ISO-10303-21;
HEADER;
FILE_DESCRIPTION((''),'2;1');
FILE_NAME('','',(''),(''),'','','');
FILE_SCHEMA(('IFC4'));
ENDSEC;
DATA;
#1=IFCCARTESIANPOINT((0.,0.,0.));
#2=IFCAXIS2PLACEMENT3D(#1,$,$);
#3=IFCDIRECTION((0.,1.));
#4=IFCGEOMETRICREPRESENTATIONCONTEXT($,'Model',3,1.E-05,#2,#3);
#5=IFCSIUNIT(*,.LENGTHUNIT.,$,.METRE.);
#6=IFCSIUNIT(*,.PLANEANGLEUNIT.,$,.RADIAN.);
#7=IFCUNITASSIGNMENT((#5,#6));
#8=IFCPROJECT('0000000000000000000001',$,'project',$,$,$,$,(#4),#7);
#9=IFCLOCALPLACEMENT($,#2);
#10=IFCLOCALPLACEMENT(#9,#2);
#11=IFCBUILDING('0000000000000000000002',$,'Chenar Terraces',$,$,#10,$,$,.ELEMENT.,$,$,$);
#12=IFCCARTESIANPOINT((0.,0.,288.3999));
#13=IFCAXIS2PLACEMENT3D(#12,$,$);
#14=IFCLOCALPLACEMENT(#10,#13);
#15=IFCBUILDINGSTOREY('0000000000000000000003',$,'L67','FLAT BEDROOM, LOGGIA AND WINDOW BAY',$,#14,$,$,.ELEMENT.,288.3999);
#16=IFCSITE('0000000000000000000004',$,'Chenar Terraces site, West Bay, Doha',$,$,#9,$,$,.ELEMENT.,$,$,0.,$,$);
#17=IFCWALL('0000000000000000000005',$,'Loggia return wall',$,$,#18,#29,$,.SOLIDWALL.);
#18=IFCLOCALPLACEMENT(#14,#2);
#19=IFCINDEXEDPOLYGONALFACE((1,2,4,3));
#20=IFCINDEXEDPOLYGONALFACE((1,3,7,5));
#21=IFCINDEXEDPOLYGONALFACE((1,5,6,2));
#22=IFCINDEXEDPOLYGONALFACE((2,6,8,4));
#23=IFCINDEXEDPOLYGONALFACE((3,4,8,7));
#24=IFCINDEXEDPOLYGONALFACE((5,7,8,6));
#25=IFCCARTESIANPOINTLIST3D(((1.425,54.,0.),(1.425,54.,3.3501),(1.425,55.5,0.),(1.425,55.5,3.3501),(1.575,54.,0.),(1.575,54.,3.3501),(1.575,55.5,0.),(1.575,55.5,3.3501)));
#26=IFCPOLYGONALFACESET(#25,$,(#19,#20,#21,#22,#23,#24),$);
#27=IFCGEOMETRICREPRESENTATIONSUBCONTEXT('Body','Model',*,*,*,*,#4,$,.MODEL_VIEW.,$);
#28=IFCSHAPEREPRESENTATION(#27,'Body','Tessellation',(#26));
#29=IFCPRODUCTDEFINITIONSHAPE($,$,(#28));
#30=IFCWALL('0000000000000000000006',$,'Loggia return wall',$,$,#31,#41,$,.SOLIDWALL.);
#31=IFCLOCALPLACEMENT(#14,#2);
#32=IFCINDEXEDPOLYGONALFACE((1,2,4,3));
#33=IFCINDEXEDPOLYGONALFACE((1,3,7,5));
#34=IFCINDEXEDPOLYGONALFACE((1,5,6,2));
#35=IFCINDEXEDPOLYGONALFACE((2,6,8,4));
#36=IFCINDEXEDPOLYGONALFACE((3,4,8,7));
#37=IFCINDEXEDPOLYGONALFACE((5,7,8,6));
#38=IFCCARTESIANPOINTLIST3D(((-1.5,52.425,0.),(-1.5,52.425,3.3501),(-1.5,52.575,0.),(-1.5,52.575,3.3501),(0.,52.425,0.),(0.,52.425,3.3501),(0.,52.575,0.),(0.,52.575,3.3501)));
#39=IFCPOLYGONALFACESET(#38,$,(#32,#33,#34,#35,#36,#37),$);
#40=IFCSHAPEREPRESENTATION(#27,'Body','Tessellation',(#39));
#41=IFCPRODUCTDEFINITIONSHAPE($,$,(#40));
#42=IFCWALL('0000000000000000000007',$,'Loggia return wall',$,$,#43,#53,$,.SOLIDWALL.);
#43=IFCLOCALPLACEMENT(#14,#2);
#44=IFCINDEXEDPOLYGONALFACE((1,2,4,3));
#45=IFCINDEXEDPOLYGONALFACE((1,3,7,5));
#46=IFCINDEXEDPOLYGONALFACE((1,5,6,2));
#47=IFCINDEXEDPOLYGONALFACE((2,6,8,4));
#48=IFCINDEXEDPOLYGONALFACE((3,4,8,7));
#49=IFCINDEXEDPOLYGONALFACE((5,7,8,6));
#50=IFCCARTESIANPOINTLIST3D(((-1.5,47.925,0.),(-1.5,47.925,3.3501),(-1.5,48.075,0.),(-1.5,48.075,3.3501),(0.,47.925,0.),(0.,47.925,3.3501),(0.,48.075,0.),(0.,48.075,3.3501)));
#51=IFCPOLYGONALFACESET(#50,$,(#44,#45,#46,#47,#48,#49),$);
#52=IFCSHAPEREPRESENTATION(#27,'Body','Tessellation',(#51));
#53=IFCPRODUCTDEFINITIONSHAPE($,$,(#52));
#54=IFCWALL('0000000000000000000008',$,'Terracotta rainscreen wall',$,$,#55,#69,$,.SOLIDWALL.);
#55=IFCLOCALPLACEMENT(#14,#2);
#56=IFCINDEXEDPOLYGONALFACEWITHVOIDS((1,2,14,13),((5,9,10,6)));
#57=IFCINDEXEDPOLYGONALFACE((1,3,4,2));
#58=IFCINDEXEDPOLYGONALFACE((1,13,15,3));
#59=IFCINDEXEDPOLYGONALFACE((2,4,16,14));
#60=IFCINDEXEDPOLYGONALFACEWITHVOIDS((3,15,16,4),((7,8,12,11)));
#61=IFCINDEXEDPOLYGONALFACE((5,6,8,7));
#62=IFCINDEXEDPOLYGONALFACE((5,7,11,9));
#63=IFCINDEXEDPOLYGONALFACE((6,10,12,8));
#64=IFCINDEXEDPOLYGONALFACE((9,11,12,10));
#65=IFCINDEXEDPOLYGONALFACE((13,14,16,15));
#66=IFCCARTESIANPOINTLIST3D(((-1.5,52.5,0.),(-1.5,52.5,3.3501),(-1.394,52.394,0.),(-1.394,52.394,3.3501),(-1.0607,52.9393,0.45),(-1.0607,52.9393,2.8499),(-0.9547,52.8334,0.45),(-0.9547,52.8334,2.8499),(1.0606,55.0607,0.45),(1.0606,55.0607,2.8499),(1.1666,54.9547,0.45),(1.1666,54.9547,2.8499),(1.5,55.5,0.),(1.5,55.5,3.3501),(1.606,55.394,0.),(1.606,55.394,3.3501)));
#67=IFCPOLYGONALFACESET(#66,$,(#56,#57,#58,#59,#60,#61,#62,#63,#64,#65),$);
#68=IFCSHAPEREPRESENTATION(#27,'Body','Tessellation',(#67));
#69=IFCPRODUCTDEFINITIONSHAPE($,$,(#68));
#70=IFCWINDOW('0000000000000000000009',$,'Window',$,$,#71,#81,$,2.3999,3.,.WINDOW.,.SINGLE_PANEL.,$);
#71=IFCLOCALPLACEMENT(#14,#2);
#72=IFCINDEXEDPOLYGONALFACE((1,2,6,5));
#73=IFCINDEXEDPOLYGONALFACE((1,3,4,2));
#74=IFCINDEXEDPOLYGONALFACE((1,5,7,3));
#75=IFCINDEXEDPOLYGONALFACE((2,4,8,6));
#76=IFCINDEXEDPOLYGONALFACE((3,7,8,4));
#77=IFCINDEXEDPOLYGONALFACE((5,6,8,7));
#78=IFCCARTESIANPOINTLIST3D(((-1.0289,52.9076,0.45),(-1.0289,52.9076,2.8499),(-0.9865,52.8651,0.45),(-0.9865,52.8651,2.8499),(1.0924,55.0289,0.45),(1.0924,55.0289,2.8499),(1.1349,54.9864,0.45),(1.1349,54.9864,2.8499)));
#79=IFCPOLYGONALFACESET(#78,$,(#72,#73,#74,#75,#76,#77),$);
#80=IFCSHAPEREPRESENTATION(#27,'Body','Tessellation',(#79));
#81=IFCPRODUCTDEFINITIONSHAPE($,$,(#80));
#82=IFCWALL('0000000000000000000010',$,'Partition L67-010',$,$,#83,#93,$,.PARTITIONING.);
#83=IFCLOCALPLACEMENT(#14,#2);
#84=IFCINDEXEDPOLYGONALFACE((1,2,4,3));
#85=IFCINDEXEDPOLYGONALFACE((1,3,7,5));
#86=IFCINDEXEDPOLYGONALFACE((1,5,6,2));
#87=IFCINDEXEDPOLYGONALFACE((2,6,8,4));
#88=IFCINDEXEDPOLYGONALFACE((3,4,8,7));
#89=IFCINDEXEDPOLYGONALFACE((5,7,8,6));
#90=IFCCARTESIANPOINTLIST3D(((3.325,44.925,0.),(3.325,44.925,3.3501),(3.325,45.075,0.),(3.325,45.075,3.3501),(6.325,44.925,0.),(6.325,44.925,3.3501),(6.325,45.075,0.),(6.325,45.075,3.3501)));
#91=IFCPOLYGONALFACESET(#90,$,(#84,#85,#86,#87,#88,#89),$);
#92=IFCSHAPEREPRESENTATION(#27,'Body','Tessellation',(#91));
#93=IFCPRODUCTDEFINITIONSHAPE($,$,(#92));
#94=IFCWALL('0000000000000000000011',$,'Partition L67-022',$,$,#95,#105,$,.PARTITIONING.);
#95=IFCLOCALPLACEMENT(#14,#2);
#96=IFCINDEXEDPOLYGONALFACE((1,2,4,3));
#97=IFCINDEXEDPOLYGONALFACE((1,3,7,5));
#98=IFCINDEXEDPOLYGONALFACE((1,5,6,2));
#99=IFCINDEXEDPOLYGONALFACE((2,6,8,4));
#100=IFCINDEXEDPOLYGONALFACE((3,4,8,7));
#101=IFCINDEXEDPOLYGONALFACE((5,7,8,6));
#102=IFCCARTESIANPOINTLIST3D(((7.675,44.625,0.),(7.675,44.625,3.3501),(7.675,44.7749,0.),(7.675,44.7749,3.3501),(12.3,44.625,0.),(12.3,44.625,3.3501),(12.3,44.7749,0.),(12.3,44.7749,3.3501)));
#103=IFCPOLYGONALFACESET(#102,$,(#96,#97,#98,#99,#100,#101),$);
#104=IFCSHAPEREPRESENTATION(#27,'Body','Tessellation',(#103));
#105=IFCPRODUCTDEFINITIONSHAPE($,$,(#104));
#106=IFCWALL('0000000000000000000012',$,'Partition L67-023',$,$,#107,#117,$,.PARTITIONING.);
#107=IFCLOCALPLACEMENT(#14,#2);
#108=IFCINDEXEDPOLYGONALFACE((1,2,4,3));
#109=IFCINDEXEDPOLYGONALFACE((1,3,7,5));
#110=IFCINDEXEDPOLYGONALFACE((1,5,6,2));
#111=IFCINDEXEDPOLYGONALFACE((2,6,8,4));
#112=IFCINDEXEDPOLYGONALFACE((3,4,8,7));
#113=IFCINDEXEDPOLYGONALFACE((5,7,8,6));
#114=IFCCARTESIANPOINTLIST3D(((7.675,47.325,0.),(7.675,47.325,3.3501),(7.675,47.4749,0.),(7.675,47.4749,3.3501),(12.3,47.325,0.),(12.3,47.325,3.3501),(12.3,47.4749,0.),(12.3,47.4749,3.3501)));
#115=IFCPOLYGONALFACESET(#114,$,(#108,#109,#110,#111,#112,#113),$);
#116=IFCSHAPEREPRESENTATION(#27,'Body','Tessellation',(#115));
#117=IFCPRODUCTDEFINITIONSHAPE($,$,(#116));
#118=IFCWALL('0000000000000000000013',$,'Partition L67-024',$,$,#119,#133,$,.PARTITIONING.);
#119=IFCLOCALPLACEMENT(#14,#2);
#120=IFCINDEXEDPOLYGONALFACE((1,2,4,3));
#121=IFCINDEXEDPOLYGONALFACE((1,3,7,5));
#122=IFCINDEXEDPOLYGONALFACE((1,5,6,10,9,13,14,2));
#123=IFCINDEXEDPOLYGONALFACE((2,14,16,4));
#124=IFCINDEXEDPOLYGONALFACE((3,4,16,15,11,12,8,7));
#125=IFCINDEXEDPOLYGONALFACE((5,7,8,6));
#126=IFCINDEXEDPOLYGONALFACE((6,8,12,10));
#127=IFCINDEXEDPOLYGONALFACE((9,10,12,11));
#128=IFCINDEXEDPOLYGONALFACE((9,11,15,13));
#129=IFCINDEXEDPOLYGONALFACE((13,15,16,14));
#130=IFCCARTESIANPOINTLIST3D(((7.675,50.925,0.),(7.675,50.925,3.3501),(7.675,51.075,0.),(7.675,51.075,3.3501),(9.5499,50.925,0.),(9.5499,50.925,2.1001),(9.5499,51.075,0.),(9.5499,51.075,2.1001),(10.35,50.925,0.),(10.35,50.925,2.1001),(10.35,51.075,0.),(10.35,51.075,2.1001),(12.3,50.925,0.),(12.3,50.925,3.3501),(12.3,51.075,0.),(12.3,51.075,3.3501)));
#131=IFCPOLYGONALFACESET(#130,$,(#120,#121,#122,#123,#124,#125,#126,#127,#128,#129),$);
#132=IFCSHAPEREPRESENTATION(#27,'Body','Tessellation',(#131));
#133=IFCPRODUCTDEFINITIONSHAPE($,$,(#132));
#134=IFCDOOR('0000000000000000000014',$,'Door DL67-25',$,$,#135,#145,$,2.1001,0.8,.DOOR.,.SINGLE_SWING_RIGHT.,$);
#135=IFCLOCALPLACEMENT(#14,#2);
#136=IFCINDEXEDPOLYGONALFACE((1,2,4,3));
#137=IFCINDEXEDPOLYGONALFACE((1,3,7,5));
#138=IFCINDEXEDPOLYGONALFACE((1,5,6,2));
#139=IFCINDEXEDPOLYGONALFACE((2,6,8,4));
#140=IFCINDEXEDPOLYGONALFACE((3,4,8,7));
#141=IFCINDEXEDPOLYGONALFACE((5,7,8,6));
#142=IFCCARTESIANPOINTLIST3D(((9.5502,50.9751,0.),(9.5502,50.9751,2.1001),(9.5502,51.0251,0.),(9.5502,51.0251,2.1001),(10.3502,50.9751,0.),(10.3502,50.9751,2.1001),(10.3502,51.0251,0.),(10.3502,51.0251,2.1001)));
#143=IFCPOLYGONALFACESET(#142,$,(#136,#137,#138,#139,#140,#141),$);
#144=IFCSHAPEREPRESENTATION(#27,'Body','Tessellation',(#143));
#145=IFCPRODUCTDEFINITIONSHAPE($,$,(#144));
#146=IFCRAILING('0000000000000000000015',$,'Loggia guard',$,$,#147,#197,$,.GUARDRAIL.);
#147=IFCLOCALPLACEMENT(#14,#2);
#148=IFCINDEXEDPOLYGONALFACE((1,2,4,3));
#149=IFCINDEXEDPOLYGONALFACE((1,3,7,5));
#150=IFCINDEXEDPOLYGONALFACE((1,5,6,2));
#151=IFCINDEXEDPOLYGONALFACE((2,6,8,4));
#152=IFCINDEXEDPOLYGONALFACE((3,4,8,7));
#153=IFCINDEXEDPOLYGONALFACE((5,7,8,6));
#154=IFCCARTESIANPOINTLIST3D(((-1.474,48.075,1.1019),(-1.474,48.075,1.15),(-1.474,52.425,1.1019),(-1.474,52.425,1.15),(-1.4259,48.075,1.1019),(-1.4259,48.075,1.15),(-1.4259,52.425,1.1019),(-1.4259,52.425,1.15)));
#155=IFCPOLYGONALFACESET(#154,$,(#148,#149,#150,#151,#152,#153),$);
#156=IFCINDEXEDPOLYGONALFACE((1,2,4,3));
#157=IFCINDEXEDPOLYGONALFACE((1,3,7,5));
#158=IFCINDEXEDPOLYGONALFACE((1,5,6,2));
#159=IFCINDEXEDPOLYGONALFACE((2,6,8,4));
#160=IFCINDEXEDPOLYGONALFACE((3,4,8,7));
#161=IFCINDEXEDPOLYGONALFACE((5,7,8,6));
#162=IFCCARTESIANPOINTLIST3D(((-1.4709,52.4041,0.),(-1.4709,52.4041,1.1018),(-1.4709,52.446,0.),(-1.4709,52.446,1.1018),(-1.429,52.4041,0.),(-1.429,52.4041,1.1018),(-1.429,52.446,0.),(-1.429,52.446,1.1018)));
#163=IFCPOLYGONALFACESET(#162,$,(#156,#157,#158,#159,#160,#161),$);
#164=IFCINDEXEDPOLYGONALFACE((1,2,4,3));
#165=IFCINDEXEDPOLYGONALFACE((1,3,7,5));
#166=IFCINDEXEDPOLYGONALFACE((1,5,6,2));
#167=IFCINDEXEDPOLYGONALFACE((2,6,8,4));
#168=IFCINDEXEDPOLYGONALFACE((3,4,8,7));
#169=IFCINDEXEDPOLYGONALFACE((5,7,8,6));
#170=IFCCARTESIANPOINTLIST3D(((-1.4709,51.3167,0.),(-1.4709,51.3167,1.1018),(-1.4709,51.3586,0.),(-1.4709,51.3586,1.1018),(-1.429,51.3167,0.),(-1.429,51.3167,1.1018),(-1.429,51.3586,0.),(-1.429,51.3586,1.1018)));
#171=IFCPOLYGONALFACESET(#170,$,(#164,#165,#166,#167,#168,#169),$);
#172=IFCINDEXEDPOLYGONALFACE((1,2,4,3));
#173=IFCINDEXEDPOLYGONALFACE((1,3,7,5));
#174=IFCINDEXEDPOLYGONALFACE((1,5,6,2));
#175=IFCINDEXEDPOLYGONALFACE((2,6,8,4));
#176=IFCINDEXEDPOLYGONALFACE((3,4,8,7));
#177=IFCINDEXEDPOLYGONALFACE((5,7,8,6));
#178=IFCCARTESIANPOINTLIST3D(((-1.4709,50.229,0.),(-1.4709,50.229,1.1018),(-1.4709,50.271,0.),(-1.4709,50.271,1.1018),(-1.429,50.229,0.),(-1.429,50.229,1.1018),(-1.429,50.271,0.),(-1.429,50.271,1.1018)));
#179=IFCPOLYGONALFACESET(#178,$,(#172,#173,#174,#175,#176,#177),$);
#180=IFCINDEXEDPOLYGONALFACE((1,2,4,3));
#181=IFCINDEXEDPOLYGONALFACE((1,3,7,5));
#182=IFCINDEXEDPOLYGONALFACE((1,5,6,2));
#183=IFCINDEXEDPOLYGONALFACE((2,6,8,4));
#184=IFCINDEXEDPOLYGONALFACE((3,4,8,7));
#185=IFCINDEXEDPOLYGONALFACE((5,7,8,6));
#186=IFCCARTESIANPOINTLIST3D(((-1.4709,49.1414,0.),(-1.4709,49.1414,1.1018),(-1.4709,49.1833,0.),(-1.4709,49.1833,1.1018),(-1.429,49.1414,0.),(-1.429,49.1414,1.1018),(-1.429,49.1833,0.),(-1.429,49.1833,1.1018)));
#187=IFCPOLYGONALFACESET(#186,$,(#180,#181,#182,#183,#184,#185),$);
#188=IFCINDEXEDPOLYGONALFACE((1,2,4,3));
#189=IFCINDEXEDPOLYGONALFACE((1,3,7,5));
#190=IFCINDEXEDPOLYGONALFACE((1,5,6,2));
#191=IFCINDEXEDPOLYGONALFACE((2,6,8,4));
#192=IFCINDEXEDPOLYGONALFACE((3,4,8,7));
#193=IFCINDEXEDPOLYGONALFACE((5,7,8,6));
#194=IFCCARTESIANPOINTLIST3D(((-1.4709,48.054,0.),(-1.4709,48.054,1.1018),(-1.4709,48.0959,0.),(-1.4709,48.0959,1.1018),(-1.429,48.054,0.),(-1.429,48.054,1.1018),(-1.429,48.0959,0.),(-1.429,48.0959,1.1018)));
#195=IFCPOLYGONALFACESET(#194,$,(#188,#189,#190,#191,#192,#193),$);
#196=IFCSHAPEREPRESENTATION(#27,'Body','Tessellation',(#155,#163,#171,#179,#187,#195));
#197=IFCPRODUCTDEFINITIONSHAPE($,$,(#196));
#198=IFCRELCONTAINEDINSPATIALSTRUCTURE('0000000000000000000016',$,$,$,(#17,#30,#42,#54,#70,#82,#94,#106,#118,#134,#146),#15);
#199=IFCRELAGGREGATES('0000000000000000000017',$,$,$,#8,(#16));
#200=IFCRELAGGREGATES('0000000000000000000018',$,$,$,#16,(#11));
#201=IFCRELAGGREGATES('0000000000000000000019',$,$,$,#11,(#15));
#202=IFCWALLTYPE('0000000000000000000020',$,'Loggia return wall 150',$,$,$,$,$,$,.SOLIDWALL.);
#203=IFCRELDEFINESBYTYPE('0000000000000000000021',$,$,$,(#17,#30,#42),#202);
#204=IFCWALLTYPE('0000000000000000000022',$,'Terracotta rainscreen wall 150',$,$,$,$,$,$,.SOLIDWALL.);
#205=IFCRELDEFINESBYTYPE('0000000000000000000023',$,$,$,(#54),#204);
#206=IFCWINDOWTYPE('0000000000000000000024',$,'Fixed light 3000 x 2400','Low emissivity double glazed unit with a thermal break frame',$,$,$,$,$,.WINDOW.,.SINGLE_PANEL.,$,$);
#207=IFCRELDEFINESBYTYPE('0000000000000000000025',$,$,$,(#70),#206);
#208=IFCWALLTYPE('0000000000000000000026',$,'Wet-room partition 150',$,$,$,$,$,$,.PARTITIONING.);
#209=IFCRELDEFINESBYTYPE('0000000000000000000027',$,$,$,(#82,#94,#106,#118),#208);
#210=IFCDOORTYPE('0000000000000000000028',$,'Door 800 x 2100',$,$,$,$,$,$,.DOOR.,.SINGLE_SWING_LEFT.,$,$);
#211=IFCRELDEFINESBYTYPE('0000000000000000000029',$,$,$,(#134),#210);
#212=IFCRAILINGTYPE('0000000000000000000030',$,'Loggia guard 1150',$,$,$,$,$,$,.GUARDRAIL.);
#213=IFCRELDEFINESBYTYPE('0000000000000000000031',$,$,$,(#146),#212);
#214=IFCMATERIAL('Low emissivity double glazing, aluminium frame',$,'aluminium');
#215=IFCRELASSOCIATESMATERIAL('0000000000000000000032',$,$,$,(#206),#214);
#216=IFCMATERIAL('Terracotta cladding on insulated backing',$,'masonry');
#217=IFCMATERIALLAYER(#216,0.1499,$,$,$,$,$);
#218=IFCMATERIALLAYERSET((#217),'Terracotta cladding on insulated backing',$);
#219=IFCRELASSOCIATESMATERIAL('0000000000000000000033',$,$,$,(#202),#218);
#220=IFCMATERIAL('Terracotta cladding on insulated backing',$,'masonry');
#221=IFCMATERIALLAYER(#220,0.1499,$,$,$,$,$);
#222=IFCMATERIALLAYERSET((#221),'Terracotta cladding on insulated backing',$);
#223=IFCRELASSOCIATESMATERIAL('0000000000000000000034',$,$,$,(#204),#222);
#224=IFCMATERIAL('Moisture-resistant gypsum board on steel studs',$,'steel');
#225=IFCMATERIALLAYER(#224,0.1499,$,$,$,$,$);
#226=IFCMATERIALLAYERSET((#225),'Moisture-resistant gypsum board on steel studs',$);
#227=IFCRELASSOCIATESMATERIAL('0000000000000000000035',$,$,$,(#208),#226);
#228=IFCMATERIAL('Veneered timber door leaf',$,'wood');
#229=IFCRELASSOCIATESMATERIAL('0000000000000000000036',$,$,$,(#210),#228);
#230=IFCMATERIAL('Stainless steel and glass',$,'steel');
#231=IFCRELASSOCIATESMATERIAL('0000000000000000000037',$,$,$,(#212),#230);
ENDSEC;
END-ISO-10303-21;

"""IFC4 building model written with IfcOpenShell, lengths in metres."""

from ifc_helpers import new_model, si_unit, direction, frame, frame_2d, origin, origin_2d, place, context, subcontext, project, spatial, rectangle, extrude, material, layer, layer_set, type_object, element, fill, save


model = new_model("IFC4")

# Units and contexts
model_context = context("Model", 3, precision=1e-05, world=origin(), true_north=direction((0.0, 1.0)))
body_context = subcontext(model_context, "Body", "Model", "MODEL_VIEW")
ifc_project = project(units=[si_unit("LENGTHUNIT", "METRE"), si_unit("PLANEANGLEUNIT", "RADIAN")], contexts=[model_context])

# Site, building, storey
site_placement = place(None, origin())
site = spatial("IfcSite", under=ifc_project, at=site_placement, Name="Chenar Terraces site, West Bay, Doha", CompositionType="ELEMENT", RefElevation=0.0)
building_placement = place(site_placement, origin())
building = spatial("IfcBuilding", under=site, at=building_placement, Name="Chenar Terraces", CompositionType="ELEMENT")
storey_placement = place(building_placement, frame((0.0, 0.0, 288.3999)))
storey = spatial("IfcBuildingStorey", under=building, at=storey_placement, Name="L67", Description="FLAT BEDROOM, LOGGIA AND WINDOW BAY", CompositionType="ELEMENT", Elevation=288.3999)

# Shared definitions
ifc_material_1 = material(Name="Low emissivity double glazing, aluminium frame", Category="aluminium")
window_type_1 = type_object("IfcWindowType", Name="Fixed light 3000 x 2400", Description="Low emissivity double glazed unit with a thermal break frame", PartitioningType="SINGLE_PANEL", PredefinedType="WINDOW", material=ifc_material_1)

# Walls
ifc_material_2 = material(Name="Terracotta cladding on insulated backing", Category="masonry")
ifc_layer_1 = layer(ifc_material_2, 0.1499)
ifc_layer_set_1 = layer_set([ifc_layer_1], Name="Terracotta cladding on insulated backing")
wall_type_1 = type_object("IfcWallType", Name="Loggia return wall 150", PredefinedType="SOLIDWALL", material=ifc_layer_set_1)
for number, where, z_axis, x_axis, name in (
    (1, (1.5, 55.5, 0.0), (0.0, 0.0, 1.0), (0.0, -1.0, 0.0), "Loggia return wall"),
    (2, (-1.5, 52.5, 0.0), (0.0, 0.0, 1.0), (1.0, 0.0, 0.0), "Loggia return wall"),
    (3, (-1.5, 48.0, 0.0), (0.0, 0.0, 1.0), (1.0, 0.0, 0.0), "Loggia return wall"),
):
    element("IfcWall", number, at=place(storey_placement, frame(where, z_axis=z_axis, x_axis=x_axis)), inside=storey, type_object=wall_type_1, Name=name, PredefinedType="SOLIDWALL", context=body_context, shape_type="SweptSolid", body=[
        extrude(rectangle(XDim=1.5, YDim=0.1499, at=frame_2d((0.75, 0.0))), origin(), (0.0, 0.0, 1.0), 3.3501),
    ])

# Wall, opening, window
ifc_material_3 = material(Name="Terracotta cladding on insulated backing", Category="masonry")
ifc_layer_2 = layer(ifc_material_3, 0.1499)
ifc_layer_set_2 = layer_set([ifc_layer_2], Name="Terracotta cladding on insulated backing")
wall_type_2 = type_object("IfcWallType", Name="Terracotta rainscreen wall 150", PredefinedType="SOLIDWALL", material=ifc_layer_set_2)
wall_1_placement = place(storey_placement, frame((1.553, 55.447, 0.0), z_axis=(0.0, 0.0, 1.0), x_axis=(-0.707107, -0.707107, 0.0)))
wall_1 = element("IfcWall", 4, at=wall_1_placement, inside=storey, type_object=wall_type_2, Name="Terracotta rainscreen wall", PredefinedType="SOLIDWALL", context=body_context, shape_type="SweptSolid", body=[
    extrude(rectangle(XDim=4.2427, YDim=0.1499, at=frame_2d((2.1213, 0.0))), origin(), (0.0, 0.0, 1.0), 3.3501),
])
opening_1_placement = place(wall_1_placement, frame((0.6213, 0.0, 0.45)))
opening_1 = element("IfcOpeningElement", 5, at=opening_1_placement, cuts=wall_1, PredefinedType="OPENING", context=body_context, shape_type="SweptSolid", body=[
    extrude(rectangle(XDim=3.0, YDim=2.3999, at=frame_2d((1.5, 1.2))), frame((0.0, 0.085, 0.0), z_axis=(0.0, -1.0, 0.0), x_axis=(1.0, 0.0, 0.0)), (0.0, 0.0, 1.0), 0.1699),
])
window_1_placement = place(opening_1_placement, origin())
window_1 = element("IfcWindow", 6, at=window_1_placement, inside=storey, type_object=window_type_1, Name="Window", OverallHeight=2.3999, OverallWidth=3.0, PartitioningType="SINGLE_PANEL", PredefinedType="WINDOW", context=body_context, shape_type="SweptSolid", body=[
    extrude(rectangle(XDim=3.0, YDim=2.3999, at=frame_2d((1.5, 1.2))), frame((0.0, 0.03, 0.0), z_axis=(0.0, -1.0, 0.0), x_axis=(1.0, 0.0, 0.0)), (0.0, 0.0, 1.0), 0.0601),
])
fill(opening_1, window_1)

# Walls
ifc_material_4 = material(Name="Moisture-resistant gypsum board on steel studs", Category="steel")
ifc_layer_3 = layer(ifc_material_4, 0.1499)
ifc_layer_set_3 = layer_set([ifc_layer_3], Name="Moisture-resistant gypsum board on steel studs")
wall_type_3 = type_object("IfcWallType", Name="Wet-room partition 150", PredefinedType="PARTITIONING", material=ifc_layer_set_3)
wall_2_placement = place(storey_placement, frame((3.325, 45.0, 0.0), z_axis=(0.0, 0.0, 1.0), x_axis=(1.0, 0.0, 0.0)))
element("IfcWall", 7, at=wall_2_placement, inside=storey, type_object=wall_type_3, Name="Partition L67-010", PredefinedType="PARTITIONING", context=body_context, shape_type="SweptSolid", body=[
    extrude(rectangle(XDim=3.0, YDim=0.1499, at=frame_2d((1.5, 0.0))), origin(), (0.0, 0.0, 1.0), 3.3501),
])
for number, where, z_axis, x_axis, name in (
    (8, (7.675, 44.7, 0.0), (0.0, 0.0, 1.0), (1.0, 0.0, 0.0), "Partition L67-022"),
    (9, (7.675, 47.3999, 0.0), (0.0, 0.0, 1.0), (1.0, 0.0, 0.0), "Partition L67-023"),
):
    element("IfcWall", number, at=place(storey_placement, frame(where, z_axis=z_axis, x_axis=x_axis)), inside=storey, type_object=wall_type_3, Name=name, PredefinedType="PARTITIONING", context=body_context, shape_type="SweptSolid", body=[
        extrude(rectangle(XDim=4.625, YDim=0.1499, at=frame_2d((2.3125, 0.0))), origin(), (0.0, 0.0, 1.0), 3.3501),
    ])

# Wall, opening, door
wall_3_placement = place(storey_placement, frame((7.675, 51.0, 0.0), z_axis=(0.0, 0.0, 1.0), x_axis=(1.0, 0.0, 0.0)))
wall_3 = element("IfcWall", 10, at=wall_3_placement, inside=storey, type_object=wall_type_3, Name="Partition L67-024", PredefinedType="PARTITIONING", context=body_context, shape_type="SweptSolid", body=[
    extrude(rectangle(XDim=4.625, YDim=0.1499, at=frame_2d((2.3125, 0.0))), origin(), (0.0, 0.0, 1.0), 3.3501),
])
opening_2_placement = place(wall_3_placement, frame((1.875, 0.0, 0.0)))
opening_2 = element("IfcOpeningElement", 11, at=opening_2_placement, cuts=wall_3, PredefinedType="OPENING", context=body_context, shape_type="SweptSolid", body=[
    extrude(rectangle(XDim=0.8, YDim=2.1001, at=frame_2d((0.3999, 1.05))), frame((0.0, 0.085, 0.0), z_axis=(0.0, -1.0, 0.0), x_axis=(1.0, 0.0, 0.0)), (0.0, 0.0, 1.0), 0.1699),
])
ifc_material_5 = material(Name="Veneered timber door leaf", Category="wood")
door_type_1 = type_object("IfcDoorType", Name="Door 800 x 2100", OperationType="SINGLE_SWING_LEFT", PredefinedType="DOOR", material=ifc_material_5)
door_1_placement = place(opening_2_placement, frame((0.8, 0.0, 0.0), z_axis=(0.0, 0.0, 1.0), x_axis=(-1.0, 0.0, 0.0)))
door_1 = element("IfcDoor", 12, at=door_1_placement, inside=storey, type_object=door_type_1, Name="Door DL67-25", OperationType="SINGLE_SWING_RIGHT", OverallHeight=2.1001, OverallWidth=0.8, PredefinedType="DOOR", context=body_context, shape_type="SweptSolid", body=[
    extrude(rectangle(XDim=0.8, YDim=2.1001, at=frame_2d((0.3999, 1.05))), frame((0.0, 0.0249, 0.0), z_axis=(0.0, -1.0, 0.0), x_axis=(1.0, 0.0, 0.0)), (0.0, 0.0, 1.0), 0.05),
])
fill(opening_2, door_1)

# Railing
ifc_material_6 = material(Name="Stainless steel and glass", Category="steel")
railing_type = type_object("IfcRailingType", Name="Loggia guard 1150", PredefinedType="GUARDRAIL", material=ifc_material_6)
railing_placement = place(storey_placement, frame((-1.45, 52.425, 0.0)))
element("IfcRailing", 13, at=railing_placement, inside=storey, type_object=railing_type, Name="Loggia guard", PredefinedType="GUARDRAIL", context=body_context, shape_type="SweptSolid", body=[
    extrude(rectangle(XDim=0.0481, YDim=0.0481, at=origin_2d()), frame((0.0, 0.0, 1.126), z_axis=(0.0, -1.0, 0.0), x_axis=(1.0, 0.0, 0.0)), (0.0, 0.0, 1.0), 4.3501),
    extrude(rectangle(XDim=0.042, YDim=0.042, at=origin_2d()), origin(), (0.0, 0.0, 1.0), 1.1018),
    extrude(rectangle(XDim=0.042, YDim=0.042, at=origin_2d()), frame((0.0, -1.0874, 0.0)), (0.0, 0.0, 1.0), 1.1018),
    extrude(rectangle(XDim=0.042, YDim=0.042, at=origin_2d()), frame((0.0, -2.175, 0.0)), (0.0, 0.0, 1.0), 1.1018),
    extrude(rectangle(XDim=0.042, YDim=0.042, at=origin_2d()), frame((0.0, -3.2627, 0.0)), (0.0, 0.0, 1.0), 1.1018),
    extrude(rectangle(XDim=0.042, YDim=0.042, at=origin_2d()), frame((0.0, -4.3501, 0.0)), (0.0, 0.0, 1.0), 1.1018),
])

save(model, "model.ifc")
